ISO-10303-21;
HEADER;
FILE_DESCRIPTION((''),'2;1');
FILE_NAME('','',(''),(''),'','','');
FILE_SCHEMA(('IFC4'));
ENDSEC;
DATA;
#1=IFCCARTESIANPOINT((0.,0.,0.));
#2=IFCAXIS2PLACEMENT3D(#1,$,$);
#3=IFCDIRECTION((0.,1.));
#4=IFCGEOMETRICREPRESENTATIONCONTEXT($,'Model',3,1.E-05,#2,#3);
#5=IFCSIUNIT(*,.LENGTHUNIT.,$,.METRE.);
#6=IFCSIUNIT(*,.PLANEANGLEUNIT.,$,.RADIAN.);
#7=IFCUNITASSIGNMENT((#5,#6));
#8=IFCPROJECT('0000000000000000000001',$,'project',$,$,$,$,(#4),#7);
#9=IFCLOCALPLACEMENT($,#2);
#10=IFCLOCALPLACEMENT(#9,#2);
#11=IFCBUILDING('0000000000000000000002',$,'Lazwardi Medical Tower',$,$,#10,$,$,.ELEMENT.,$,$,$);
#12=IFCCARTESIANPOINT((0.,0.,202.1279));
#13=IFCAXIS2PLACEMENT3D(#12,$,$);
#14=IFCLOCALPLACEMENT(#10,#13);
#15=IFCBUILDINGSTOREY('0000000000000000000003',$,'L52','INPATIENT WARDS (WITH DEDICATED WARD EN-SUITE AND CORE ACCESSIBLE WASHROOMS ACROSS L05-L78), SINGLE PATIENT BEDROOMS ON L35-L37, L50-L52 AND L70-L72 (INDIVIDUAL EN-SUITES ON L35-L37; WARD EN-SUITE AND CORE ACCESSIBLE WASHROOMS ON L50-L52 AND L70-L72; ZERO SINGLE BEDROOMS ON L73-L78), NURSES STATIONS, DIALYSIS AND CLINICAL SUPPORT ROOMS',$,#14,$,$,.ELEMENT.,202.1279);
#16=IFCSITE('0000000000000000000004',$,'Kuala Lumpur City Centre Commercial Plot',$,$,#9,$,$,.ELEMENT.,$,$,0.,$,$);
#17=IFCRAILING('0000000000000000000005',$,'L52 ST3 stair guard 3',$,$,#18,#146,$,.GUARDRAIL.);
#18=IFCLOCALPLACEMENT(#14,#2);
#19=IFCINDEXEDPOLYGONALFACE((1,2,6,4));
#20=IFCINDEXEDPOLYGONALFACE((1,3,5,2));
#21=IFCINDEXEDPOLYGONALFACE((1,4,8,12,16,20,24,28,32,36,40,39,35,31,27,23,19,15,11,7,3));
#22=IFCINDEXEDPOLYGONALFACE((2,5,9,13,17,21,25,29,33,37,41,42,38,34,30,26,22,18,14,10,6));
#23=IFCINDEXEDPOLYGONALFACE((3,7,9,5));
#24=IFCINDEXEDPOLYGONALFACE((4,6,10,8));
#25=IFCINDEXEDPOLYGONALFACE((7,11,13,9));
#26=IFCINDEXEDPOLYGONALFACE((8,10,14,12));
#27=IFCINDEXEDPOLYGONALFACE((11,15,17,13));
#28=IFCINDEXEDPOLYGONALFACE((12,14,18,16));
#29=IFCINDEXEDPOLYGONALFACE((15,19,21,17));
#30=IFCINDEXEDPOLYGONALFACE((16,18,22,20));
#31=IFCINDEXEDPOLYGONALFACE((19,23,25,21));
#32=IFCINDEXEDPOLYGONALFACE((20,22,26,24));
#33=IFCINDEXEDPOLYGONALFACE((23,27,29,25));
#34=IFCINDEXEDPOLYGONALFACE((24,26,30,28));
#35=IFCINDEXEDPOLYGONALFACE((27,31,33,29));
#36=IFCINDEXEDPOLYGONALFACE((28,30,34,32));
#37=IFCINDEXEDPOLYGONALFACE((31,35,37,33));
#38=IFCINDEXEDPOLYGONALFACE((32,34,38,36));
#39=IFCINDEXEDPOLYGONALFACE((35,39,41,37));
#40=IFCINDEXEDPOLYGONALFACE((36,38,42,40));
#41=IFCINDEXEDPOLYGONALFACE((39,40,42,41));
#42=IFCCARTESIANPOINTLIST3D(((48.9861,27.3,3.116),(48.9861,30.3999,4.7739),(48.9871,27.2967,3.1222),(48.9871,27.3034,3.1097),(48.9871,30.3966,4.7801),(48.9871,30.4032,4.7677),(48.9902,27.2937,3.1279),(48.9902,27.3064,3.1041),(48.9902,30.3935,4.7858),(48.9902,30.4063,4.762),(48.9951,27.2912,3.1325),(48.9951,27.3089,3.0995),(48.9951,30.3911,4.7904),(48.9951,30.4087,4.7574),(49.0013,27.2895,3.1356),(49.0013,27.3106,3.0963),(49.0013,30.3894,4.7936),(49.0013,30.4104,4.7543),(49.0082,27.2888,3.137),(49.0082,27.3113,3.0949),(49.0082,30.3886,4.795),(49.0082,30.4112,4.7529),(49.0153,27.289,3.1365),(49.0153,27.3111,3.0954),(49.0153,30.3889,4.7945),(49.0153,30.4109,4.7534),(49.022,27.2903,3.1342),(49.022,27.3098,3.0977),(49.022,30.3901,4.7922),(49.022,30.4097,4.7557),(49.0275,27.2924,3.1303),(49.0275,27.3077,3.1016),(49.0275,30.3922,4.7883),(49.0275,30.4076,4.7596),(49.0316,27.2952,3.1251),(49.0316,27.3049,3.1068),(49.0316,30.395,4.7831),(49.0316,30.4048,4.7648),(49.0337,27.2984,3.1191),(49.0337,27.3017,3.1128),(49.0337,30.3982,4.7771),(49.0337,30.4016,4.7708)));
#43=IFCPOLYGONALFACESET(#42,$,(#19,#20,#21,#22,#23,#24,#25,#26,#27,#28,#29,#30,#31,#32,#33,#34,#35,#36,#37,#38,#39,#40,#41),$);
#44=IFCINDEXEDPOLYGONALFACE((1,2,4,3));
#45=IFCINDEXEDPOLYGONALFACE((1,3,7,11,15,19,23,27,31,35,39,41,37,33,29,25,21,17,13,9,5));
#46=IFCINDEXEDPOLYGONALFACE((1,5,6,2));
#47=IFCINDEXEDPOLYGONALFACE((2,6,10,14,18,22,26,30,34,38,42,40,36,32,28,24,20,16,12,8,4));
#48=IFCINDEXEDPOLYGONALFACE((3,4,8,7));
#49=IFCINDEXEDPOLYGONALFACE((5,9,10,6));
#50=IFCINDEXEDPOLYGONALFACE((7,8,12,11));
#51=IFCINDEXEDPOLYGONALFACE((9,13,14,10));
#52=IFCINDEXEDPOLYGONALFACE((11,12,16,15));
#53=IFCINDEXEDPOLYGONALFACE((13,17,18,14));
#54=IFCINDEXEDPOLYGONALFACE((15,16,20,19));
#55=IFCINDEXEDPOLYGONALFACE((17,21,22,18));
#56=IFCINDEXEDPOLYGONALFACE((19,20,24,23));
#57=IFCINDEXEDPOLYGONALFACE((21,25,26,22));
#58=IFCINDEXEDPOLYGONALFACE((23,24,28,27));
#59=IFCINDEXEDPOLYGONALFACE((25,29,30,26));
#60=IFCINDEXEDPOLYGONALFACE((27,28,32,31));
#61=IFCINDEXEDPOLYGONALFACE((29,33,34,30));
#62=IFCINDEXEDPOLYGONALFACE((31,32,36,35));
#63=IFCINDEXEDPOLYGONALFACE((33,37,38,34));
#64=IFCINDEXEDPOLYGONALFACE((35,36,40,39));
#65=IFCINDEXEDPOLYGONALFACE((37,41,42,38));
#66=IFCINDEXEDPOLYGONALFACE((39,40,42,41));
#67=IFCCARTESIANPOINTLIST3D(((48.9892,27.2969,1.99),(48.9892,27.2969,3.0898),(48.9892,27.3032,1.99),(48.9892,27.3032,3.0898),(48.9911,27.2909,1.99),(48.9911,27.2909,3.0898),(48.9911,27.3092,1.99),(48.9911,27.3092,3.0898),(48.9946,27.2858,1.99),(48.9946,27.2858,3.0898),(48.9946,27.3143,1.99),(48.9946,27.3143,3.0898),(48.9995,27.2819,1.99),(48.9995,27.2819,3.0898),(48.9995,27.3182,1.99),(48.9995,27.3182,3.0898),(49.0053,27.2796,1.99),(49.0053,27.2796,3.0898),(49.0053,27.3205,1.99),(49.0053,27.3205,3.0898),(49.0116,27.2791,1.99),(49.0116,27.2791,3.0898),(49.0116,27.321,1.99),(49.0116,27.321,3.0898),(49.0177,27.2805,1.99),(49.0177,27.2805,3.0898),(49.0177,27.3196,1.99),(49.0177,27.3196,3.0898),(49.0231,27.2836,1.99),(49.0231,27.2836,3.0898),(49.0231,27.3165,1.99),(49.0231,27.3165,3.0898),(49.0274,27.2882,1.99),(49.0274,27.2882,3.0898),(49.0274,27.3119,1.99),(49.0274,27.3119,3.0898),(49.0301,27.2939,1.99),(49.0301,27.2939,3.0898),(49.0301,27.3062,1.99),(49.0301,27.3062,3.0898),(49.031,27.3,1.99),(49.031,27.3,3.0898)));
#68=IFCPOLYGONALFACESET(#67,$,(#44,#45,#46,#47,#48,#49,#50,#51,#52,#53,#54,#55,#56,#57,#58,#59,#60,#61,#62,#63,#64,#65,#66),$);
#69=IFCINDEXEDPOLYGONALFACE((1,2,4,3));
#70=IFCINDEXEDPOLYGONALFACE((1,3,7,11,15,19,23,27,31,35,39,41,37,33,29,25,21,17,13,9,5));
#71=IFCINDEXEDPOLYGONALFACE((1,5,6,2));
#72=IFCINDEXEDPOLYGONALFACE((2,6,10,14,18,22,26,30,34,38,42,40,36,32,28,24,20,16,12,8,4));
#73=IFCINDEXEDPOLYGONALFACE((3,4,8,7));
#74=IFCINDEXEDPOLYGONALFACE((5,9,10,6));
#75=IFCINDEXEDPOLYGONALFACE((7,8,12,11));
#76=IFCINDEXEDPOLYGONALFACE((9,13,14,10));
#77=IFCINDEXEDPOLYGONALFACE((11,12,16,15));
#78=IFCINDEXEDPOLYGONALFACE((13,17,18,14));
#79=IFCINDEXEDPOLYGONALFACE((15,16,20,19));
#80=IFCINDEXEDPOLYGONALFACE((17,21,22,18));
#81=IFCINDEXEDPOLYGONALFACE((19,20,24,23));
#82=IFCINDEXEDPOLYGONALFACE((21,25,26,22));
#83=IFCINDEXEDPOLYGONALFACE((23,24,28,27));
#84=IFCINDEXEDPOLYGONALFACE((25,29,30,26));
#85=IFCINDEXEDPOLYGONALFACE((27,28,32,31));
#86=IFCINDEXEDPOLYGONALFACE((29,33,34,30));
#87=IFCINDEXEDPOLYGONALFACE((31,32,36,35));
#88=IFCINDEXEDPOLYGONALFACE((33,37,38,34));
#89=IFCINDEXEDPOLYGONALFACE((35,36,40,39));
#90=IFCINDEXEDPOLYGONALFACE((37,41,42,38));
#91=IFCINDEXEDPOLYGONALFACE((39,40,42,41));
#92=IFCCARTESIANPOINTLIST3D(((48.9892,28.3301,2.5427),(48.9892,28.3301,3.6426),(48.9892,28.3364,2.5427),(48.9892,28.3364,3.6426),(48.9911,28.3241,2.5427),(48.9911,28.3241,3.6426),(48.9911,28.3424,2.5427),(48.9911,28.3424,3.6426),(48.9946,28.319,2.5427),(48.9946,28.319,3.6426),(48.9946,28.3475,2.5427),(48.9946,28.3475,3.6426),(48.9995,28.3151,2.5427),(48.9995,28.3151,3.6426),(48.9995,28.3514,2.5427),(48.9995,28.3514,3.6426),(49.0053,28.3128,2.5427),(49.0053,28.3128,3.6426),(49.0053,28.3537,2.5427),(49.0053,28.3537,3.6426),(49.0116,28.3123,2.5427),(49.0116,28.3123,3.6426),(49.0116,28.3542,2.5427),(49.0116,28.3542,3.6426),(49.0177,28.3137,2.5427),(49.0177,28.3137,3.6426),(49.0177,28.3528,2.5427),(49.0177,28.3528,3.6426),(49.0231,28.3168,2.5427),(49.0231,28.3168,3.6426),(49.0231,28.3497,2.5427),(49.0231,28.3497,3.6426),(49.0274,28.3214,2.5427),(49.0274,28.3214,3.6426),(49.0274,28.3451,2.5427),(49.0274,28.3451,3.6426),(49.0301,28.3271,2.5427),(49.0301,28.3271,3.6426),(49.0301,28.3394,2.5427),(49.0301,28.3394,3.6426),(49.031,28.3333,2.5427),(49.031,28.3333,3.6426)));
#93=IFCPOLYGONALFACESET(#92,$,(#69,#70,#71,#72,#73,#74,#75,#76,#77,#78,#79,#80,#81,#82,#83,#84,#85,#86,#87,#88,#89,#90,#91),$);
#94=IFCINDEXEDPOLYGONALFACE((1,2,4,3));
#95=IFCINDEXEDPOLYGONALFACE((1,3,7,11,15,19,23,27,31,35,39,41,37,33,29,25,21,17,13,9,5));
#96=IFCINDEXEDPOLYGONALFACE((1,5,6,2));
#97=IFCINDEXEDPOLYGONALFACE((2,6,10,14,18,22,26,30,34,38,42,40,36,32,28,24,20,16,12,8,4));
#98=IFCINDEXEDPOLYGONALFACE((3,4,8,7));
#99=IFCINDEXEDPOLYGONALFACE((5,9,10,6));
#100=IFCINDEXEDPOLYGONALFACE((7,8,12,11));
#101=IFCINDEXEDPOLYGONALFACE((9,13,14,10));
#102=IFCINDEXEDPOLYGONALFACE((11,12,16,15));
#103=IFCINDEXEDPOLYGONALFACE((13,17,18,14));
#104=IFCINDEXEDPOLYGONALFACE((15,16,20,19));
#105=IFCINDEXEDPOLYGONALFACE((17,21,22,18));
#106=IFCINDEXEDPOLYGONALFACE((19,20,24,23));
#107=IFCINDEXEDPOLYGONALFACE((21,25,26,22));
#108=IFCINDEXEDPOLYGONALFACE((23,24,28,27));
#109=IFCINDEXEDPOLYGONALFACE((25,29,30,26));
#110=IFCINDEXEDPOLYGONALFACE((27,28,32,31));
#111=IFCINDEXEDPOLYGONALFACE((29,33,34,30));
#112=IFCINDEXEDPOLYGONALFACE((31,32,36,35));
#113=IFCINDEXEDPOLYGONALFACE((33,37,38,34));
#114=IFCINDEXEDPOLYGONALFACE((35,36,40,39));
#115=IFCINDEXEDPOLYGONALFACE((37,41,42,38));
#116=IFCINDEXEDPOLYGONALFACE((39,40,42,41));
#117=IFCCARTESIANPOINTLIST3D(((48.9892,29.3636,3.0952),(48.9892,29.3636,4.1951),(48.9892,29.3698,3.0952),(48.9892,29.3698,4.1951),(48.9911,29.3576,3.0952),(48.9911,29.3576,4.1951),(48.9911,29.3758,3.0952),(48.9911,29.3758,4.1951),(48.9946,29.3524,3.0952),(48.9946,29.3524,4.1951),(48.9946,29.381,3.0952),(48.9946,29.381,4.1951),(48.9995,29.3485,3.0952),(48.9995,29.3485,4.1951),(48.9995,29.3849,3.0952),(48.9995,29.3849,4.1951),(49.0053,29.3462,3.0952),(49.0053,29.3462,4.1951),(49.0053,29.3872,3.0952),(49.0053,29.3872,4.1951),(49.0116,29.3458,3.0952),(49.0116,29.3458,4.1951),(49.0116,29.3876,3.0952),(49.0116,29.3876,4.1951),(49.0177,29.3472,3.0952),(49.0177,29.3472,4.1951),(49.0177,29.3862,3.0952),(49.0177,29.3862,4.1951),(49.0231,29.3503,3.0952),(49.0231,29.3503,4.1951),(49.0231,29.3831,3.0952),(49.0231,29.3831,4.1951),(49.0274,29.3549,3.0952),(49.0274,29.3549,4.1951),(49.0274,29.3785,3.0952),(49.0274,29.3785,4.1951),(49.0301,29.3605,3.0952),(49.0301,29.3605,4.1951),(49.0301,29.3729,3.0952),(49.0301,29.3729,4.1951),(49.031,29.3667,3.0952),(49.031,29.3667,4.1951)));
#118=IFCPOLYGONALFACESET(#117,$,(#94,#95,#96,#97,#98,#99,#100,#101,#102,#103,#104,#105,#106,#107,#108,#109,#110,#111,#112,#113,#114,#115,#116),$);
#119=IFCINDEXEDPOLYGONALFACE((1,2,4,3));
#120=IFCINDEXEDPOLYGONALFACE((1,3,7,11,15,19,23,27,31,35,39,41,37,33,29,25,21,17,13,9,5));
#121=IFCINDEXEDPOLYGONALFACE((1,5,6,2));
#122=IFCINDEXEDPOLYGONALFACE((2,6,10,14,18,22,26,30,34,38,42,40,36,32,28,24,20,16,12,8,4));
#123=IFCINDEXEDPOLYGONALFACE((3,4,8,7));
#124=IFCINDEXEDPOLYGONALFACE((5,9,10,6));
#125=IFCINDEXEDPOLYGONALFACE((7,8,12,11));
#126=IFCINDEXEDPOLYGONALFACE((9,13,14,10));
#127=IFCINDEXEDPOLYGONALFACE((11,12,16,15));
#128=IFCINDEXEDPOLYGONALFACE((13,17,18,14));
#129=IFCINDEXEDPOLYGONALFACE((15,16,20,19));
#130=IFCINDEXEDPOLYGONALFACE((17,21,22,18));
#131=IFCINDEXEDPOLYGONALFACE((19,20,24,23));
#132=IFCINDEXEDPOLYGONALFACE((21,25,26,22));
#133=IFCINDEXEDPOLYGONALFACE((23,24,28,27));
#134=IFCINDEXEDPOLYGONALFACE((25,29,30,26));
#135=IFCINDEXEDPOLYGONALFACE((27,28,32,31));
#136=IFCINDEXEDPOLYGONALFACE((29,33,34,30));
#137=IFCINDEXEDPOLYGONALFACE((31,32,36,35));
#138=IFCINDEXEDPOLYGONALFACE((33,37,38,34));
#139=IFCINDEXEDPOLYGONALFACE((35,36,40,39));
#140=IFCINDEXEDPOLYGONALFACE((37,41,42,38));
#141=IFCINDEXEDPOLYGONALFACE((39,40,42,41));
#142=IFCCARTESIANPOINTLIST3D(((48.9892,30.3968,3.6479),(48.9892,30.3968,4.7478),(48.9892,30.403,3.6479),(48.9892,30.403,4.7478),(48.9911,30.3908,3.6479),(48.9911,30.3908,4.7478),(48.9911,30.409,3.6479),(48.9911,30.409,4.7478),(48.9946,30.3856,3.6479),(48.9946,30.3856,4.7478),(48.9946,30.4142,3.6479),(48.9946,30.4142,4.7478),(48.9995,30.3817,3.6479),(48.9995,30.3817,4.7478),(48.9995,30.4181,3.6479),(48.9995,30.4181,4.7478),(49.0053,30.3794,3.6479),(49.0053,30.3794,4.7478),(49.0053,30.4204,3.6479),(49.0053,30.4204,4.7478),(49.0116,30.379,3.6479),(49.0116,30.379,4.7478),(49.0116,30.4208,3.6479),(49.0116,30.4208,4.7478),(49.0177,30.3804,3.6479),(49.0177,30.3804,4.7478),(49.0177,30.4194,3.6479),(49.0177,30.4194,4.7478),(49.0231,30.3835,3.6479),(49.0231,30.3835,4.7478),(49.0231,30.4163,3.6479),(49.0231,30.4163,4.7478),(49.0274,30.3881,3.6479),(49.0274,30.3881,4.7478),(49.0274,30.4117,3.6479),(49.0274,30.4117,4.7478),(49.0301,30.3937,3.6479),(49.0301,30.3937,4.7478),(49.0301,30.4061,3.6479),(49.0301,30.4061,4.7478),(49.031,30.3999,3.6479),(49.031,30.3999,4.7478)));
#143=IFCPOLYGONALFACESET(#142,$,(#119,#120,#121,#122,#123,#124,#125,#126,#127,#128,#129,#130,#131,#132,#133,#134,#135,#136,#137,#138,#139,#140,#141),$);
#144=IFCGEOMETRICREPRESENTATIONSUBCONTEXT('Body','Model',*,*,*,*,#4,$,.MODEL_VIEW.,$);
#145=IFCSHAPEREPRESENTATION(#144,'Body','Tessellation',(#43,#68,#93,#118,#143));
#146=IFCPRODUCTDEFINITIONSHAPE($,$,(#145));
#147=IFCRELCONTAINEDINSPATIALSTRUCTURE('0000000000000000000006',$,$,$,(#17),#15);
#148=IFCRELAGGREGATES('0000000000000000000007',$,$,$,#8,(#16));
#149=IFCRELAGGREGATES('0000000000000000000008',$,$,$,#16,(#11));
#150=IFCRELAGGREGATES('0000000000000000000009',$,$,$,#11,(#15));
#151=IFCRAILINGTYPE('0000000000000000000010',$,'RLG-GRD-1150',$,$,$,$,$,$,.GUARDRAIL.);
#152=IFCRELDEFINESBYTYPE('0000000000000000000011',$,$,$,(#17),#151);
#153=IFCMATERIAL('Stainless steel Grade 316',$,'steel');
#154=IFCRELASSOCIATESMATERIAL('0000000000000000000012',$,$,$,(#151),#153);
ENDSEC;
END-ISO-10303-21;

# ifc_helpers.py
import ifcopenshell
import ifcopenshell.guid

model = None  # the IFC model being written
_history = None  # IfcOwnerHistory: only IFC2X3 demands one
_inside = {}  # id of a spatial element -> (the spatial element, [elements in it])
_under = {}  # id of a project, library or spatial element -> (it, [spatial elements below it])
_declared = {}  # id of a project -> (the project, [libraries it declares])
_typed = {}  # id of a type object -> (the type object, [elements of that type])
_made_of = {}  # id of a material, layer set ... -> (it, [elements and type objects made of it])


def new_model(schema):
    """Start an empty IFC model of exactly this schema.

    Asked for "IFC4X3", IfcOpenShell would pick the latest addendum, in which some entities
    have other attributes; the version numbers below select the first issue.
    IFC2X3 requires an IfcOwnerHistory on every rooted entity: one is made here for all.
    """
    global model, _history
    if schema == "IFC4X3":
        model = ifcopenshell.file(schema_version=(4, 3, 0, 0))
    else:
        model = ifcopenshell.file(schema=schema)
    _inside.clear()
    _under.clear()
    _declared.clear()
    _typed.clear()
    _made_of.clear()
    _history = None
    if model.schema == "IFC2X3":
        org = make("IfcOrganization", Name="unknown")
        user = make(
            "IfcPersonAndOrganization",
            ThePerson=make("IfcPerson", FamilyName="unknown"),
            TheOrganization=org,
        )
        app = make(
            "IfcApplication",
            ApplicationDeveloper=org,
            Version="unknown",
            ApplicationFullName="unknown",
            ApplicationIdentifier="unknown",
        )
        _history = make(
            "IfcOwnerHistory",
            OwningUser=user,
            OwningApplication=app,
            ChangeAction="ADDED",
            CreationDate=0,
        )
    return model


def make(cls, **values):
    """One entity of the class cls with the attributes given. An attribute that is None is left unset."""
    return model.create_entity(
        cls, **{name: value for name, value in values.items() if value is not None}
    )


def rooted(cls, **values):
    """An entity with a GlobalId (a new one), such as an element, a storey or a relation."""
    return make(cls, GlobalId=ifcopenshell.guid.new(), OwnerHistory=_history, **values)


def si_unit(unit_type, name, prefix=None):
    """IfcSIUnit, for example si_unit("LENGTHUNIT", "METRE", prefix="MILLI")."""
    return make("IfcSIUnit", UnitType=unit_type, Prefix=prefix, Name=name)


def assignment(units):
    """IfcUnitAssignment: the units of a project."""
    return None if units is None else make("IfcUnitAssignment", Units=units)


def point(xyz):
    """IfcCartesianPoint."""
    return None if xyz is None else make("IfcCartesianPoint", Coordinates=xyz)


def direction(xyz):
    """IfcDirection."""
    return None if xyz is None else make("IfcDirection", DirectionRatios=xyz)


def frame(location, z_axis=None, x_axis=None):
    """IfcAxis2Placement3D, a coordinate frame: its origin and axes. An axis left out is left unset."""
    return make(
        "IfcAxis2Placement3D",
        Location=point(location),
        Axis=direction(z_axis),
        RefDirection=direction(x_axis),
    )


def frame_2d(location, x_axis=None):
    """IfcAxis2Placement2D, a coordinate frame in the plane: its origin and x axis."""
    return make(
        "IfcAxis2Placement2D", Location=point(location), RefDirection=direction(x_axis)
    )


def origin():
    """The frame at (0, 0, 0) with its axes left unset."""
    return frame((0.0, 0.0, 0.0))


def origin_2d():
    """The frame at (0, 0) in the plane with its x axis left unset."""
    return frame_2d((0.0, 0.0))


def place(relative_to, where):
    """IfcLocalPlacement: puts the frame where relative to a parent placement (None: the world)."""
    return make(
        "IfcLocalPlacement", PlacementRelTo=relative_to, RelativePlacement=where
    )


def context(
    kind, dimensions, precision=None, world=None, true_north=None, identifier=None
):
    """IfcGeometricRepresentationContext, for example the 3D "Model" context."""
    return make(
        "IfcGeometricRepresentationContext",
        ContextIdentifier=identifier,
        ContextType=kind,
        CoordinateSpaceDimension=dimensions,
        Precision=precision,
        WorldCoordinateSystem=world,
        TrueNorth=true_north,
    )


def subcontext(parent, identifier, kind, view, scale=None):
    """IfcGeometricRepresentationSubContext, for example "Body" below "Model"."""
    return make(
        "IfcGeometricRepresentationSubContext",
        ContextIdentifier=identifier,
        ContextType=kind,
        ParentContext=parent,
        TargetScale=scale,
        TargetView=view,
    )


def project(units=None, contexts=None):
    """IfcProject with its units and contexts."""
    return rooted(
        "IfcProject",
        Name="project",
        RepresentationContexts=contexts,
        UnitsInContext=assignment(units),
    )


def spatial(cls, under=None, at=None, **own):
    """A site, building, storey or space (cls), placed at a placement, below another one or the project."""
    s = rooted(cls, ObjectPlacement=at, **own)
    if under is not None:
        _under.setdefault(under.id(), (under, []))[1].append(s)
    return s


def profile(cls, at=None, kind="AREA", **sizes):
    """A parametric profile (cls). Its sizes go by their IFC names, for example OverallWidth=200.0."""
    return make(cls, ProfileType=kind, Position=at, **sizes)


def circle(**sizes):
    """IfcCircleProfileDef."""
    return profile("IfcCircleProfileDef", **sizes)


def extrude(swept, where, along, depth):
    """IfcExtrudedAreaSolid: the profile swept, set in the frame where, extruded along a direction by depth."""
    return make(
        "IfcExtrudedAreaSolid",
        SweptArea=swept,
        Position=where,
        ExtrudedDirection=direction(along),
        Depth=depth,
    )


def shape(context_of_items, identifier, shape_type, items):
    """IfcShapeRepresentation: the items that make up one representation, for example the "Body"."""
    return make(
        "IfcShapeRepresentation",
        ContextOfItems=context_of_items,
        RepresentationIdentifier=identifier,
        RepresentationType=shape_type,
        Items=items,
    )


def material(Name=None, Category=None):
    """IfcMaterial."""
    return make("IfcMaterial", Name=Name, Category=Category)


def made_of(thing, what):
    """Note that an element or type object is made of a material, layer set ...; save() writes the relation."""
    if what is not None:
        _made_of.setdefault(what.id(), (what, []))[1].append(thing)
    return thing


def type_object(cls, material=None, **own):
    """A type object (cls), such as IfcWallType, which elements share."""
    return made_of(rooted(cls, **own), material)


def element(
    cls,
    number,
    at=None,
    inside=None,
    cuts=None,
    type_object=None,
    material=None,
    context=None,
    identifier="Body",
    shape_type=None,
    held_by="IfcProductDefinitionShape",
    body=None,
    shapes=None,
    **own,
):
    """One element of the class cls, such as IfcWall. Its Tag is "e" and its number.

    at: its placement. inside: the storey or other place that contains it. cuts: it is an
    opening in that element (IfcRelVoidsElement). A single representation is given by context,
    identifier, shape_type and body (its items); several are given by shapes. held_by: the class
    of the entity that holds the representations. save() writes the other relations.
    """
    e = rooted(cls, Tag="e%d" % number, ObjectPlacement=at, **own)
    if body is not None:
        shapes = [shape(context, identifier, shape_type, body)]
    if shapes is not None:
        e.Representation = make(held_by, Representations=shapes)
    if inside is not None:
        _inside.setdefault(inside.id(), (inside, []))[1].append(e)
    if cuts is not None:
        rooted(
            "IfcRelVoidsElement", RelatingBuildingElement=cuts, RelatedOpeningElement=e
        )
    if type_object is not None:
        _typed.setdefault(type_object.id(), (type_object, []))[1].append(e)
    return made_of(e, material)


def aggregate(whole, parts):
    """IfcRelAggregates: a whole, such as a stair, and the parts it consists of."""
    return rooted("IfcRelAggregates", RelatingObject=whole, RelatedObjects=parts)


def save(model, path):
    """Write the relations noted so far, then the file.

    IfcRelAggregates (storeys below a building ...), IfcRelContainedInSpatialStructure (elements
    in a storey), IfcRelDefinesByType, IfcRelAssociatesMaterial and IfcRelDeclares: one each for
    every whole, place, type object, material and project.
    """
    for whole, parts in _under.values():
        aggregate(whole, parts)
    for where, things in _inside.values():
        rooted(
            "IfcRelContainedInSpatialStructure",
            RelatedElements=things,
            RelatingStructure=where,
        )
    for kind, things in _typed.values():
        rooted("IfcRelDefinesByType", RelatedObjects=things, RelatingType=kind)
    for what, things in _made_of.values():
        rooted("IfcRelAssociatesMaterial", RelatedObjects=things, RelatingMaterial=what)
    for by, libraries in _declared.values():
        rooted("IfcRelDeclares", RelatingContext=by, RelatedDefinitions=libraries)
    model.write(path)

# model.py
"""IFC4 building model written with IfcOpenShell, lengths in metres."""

from ifc_helpers import new_model, si_unit, direction, frame, origin, origin_2d, place, context, subcontext, project, spatial, circle, extrude, material, type_object, element, save


model = new_model("IFC4")

# Units and contexts
model_context = context("Model", 3, precision=1e-05, world=origin(), true_north=direction((0.0, 1.0)))
body_context = subcontext(model_context, "Body", "Model", "MODEL_VIEW")
ifc_project = project(units=[si_unit("LENGTHUNIT", "METRE"), si_unit("PLANEANGLEUNIT", "RADIAN")], contexts=[model_context])

# Site, building, storey
site_placement = place(None, origin())
site = spatial("IfcSite", under=ifc_project, at=site_placement, Name="Kuala Lumpur City Centre Commercial Plot", CompositionType="ELEMENT", RefElevation=0.0)
building_placement = place(site_placement, origin())
building = spatial("IfcBuilding", under=site, at=building_placement, Name="Lazwardi Medical Tower", CompositionType="ELEMENT")
storey_placement = place(building_placement, frame((0.0, 0.0, 202.1279)))
storey = spatial("IfcBuildingStorey", under=building, at=storey_placement, Name="L52", Description="INPATIENT WARDS (WITH DEDICATED WARD EN-SUITE AND CORE ACCESSIBLE WASHROOMS ACROSS L05-L78), SINGLE PATIENT BEDROOMS ON L35-L37, L50-L52 AND L70-L72 (INDIVIDUAL EN-SUITES ON L35-L37; WARD EN-SUITE AND CORE ACCESSIBLE WASHROOMS ON L50-L52 AND L70-L72; ZERO SINGLE BEDROOMS ON L73-L78), NURSES STATIONS, DIALYSIS AND CLINICAL SUPPORT ROOMS", CompositionType="ELEMENT", Elevation=202.1279)

# Railing
ifc_material_1 = material(Name="Stainless steel Grade 316", Category="steel")
railing_type_1 = type_object("IfcRailingType", Name="RLG-GRD-1150", PredefinedType="GUARDRAIL", material=ifc_material_1)
railing_1_placement = place(storey_placement, frame((49.01, 27.3, 1.99)))
element("IfcRailing", 1, at=railing_1_placement, inside=storey, type_object=railing_type_1, Name="L52 ST3 stair guard 3", PredefinedType="GUARDRAIL", context=body_context, shape_type="SweptSolid", body=[
    extrude(circle(Radius=0.0239, at=origin_2d()), frame((0.0, 0.0, 1.126), z_axis=(0.0, 0.881797, 0.47163), x_axis=(-1.0, 0.0, 0.0)), (0.0, 0.0, 1.0), 3.5154),
    extrude(circle(Radius=0.021, at=origin_2d()), origin(), (0.0, 0.0, 1.0), 1.0999),
    extrude(circle(Radius=0.021, at=origin_2d()), frame((0.0, 1.0332, 0.5527)), (0.0, 0.0, 1.0), 1.0999),
    extrude(circle(Radius=0.021, at=origin_2d()), frame((0.0, 2.0667, 1.1052)), (0.0, 0.0, 1.0), 1.0999),
    extrude(circle(Radius=0.021, at=origin_2d()), frame((0.0, 3.0999, 1.658)), (0.0, 0.0, 1.0), 1.0999),
])

save(model, "model.ifc")
